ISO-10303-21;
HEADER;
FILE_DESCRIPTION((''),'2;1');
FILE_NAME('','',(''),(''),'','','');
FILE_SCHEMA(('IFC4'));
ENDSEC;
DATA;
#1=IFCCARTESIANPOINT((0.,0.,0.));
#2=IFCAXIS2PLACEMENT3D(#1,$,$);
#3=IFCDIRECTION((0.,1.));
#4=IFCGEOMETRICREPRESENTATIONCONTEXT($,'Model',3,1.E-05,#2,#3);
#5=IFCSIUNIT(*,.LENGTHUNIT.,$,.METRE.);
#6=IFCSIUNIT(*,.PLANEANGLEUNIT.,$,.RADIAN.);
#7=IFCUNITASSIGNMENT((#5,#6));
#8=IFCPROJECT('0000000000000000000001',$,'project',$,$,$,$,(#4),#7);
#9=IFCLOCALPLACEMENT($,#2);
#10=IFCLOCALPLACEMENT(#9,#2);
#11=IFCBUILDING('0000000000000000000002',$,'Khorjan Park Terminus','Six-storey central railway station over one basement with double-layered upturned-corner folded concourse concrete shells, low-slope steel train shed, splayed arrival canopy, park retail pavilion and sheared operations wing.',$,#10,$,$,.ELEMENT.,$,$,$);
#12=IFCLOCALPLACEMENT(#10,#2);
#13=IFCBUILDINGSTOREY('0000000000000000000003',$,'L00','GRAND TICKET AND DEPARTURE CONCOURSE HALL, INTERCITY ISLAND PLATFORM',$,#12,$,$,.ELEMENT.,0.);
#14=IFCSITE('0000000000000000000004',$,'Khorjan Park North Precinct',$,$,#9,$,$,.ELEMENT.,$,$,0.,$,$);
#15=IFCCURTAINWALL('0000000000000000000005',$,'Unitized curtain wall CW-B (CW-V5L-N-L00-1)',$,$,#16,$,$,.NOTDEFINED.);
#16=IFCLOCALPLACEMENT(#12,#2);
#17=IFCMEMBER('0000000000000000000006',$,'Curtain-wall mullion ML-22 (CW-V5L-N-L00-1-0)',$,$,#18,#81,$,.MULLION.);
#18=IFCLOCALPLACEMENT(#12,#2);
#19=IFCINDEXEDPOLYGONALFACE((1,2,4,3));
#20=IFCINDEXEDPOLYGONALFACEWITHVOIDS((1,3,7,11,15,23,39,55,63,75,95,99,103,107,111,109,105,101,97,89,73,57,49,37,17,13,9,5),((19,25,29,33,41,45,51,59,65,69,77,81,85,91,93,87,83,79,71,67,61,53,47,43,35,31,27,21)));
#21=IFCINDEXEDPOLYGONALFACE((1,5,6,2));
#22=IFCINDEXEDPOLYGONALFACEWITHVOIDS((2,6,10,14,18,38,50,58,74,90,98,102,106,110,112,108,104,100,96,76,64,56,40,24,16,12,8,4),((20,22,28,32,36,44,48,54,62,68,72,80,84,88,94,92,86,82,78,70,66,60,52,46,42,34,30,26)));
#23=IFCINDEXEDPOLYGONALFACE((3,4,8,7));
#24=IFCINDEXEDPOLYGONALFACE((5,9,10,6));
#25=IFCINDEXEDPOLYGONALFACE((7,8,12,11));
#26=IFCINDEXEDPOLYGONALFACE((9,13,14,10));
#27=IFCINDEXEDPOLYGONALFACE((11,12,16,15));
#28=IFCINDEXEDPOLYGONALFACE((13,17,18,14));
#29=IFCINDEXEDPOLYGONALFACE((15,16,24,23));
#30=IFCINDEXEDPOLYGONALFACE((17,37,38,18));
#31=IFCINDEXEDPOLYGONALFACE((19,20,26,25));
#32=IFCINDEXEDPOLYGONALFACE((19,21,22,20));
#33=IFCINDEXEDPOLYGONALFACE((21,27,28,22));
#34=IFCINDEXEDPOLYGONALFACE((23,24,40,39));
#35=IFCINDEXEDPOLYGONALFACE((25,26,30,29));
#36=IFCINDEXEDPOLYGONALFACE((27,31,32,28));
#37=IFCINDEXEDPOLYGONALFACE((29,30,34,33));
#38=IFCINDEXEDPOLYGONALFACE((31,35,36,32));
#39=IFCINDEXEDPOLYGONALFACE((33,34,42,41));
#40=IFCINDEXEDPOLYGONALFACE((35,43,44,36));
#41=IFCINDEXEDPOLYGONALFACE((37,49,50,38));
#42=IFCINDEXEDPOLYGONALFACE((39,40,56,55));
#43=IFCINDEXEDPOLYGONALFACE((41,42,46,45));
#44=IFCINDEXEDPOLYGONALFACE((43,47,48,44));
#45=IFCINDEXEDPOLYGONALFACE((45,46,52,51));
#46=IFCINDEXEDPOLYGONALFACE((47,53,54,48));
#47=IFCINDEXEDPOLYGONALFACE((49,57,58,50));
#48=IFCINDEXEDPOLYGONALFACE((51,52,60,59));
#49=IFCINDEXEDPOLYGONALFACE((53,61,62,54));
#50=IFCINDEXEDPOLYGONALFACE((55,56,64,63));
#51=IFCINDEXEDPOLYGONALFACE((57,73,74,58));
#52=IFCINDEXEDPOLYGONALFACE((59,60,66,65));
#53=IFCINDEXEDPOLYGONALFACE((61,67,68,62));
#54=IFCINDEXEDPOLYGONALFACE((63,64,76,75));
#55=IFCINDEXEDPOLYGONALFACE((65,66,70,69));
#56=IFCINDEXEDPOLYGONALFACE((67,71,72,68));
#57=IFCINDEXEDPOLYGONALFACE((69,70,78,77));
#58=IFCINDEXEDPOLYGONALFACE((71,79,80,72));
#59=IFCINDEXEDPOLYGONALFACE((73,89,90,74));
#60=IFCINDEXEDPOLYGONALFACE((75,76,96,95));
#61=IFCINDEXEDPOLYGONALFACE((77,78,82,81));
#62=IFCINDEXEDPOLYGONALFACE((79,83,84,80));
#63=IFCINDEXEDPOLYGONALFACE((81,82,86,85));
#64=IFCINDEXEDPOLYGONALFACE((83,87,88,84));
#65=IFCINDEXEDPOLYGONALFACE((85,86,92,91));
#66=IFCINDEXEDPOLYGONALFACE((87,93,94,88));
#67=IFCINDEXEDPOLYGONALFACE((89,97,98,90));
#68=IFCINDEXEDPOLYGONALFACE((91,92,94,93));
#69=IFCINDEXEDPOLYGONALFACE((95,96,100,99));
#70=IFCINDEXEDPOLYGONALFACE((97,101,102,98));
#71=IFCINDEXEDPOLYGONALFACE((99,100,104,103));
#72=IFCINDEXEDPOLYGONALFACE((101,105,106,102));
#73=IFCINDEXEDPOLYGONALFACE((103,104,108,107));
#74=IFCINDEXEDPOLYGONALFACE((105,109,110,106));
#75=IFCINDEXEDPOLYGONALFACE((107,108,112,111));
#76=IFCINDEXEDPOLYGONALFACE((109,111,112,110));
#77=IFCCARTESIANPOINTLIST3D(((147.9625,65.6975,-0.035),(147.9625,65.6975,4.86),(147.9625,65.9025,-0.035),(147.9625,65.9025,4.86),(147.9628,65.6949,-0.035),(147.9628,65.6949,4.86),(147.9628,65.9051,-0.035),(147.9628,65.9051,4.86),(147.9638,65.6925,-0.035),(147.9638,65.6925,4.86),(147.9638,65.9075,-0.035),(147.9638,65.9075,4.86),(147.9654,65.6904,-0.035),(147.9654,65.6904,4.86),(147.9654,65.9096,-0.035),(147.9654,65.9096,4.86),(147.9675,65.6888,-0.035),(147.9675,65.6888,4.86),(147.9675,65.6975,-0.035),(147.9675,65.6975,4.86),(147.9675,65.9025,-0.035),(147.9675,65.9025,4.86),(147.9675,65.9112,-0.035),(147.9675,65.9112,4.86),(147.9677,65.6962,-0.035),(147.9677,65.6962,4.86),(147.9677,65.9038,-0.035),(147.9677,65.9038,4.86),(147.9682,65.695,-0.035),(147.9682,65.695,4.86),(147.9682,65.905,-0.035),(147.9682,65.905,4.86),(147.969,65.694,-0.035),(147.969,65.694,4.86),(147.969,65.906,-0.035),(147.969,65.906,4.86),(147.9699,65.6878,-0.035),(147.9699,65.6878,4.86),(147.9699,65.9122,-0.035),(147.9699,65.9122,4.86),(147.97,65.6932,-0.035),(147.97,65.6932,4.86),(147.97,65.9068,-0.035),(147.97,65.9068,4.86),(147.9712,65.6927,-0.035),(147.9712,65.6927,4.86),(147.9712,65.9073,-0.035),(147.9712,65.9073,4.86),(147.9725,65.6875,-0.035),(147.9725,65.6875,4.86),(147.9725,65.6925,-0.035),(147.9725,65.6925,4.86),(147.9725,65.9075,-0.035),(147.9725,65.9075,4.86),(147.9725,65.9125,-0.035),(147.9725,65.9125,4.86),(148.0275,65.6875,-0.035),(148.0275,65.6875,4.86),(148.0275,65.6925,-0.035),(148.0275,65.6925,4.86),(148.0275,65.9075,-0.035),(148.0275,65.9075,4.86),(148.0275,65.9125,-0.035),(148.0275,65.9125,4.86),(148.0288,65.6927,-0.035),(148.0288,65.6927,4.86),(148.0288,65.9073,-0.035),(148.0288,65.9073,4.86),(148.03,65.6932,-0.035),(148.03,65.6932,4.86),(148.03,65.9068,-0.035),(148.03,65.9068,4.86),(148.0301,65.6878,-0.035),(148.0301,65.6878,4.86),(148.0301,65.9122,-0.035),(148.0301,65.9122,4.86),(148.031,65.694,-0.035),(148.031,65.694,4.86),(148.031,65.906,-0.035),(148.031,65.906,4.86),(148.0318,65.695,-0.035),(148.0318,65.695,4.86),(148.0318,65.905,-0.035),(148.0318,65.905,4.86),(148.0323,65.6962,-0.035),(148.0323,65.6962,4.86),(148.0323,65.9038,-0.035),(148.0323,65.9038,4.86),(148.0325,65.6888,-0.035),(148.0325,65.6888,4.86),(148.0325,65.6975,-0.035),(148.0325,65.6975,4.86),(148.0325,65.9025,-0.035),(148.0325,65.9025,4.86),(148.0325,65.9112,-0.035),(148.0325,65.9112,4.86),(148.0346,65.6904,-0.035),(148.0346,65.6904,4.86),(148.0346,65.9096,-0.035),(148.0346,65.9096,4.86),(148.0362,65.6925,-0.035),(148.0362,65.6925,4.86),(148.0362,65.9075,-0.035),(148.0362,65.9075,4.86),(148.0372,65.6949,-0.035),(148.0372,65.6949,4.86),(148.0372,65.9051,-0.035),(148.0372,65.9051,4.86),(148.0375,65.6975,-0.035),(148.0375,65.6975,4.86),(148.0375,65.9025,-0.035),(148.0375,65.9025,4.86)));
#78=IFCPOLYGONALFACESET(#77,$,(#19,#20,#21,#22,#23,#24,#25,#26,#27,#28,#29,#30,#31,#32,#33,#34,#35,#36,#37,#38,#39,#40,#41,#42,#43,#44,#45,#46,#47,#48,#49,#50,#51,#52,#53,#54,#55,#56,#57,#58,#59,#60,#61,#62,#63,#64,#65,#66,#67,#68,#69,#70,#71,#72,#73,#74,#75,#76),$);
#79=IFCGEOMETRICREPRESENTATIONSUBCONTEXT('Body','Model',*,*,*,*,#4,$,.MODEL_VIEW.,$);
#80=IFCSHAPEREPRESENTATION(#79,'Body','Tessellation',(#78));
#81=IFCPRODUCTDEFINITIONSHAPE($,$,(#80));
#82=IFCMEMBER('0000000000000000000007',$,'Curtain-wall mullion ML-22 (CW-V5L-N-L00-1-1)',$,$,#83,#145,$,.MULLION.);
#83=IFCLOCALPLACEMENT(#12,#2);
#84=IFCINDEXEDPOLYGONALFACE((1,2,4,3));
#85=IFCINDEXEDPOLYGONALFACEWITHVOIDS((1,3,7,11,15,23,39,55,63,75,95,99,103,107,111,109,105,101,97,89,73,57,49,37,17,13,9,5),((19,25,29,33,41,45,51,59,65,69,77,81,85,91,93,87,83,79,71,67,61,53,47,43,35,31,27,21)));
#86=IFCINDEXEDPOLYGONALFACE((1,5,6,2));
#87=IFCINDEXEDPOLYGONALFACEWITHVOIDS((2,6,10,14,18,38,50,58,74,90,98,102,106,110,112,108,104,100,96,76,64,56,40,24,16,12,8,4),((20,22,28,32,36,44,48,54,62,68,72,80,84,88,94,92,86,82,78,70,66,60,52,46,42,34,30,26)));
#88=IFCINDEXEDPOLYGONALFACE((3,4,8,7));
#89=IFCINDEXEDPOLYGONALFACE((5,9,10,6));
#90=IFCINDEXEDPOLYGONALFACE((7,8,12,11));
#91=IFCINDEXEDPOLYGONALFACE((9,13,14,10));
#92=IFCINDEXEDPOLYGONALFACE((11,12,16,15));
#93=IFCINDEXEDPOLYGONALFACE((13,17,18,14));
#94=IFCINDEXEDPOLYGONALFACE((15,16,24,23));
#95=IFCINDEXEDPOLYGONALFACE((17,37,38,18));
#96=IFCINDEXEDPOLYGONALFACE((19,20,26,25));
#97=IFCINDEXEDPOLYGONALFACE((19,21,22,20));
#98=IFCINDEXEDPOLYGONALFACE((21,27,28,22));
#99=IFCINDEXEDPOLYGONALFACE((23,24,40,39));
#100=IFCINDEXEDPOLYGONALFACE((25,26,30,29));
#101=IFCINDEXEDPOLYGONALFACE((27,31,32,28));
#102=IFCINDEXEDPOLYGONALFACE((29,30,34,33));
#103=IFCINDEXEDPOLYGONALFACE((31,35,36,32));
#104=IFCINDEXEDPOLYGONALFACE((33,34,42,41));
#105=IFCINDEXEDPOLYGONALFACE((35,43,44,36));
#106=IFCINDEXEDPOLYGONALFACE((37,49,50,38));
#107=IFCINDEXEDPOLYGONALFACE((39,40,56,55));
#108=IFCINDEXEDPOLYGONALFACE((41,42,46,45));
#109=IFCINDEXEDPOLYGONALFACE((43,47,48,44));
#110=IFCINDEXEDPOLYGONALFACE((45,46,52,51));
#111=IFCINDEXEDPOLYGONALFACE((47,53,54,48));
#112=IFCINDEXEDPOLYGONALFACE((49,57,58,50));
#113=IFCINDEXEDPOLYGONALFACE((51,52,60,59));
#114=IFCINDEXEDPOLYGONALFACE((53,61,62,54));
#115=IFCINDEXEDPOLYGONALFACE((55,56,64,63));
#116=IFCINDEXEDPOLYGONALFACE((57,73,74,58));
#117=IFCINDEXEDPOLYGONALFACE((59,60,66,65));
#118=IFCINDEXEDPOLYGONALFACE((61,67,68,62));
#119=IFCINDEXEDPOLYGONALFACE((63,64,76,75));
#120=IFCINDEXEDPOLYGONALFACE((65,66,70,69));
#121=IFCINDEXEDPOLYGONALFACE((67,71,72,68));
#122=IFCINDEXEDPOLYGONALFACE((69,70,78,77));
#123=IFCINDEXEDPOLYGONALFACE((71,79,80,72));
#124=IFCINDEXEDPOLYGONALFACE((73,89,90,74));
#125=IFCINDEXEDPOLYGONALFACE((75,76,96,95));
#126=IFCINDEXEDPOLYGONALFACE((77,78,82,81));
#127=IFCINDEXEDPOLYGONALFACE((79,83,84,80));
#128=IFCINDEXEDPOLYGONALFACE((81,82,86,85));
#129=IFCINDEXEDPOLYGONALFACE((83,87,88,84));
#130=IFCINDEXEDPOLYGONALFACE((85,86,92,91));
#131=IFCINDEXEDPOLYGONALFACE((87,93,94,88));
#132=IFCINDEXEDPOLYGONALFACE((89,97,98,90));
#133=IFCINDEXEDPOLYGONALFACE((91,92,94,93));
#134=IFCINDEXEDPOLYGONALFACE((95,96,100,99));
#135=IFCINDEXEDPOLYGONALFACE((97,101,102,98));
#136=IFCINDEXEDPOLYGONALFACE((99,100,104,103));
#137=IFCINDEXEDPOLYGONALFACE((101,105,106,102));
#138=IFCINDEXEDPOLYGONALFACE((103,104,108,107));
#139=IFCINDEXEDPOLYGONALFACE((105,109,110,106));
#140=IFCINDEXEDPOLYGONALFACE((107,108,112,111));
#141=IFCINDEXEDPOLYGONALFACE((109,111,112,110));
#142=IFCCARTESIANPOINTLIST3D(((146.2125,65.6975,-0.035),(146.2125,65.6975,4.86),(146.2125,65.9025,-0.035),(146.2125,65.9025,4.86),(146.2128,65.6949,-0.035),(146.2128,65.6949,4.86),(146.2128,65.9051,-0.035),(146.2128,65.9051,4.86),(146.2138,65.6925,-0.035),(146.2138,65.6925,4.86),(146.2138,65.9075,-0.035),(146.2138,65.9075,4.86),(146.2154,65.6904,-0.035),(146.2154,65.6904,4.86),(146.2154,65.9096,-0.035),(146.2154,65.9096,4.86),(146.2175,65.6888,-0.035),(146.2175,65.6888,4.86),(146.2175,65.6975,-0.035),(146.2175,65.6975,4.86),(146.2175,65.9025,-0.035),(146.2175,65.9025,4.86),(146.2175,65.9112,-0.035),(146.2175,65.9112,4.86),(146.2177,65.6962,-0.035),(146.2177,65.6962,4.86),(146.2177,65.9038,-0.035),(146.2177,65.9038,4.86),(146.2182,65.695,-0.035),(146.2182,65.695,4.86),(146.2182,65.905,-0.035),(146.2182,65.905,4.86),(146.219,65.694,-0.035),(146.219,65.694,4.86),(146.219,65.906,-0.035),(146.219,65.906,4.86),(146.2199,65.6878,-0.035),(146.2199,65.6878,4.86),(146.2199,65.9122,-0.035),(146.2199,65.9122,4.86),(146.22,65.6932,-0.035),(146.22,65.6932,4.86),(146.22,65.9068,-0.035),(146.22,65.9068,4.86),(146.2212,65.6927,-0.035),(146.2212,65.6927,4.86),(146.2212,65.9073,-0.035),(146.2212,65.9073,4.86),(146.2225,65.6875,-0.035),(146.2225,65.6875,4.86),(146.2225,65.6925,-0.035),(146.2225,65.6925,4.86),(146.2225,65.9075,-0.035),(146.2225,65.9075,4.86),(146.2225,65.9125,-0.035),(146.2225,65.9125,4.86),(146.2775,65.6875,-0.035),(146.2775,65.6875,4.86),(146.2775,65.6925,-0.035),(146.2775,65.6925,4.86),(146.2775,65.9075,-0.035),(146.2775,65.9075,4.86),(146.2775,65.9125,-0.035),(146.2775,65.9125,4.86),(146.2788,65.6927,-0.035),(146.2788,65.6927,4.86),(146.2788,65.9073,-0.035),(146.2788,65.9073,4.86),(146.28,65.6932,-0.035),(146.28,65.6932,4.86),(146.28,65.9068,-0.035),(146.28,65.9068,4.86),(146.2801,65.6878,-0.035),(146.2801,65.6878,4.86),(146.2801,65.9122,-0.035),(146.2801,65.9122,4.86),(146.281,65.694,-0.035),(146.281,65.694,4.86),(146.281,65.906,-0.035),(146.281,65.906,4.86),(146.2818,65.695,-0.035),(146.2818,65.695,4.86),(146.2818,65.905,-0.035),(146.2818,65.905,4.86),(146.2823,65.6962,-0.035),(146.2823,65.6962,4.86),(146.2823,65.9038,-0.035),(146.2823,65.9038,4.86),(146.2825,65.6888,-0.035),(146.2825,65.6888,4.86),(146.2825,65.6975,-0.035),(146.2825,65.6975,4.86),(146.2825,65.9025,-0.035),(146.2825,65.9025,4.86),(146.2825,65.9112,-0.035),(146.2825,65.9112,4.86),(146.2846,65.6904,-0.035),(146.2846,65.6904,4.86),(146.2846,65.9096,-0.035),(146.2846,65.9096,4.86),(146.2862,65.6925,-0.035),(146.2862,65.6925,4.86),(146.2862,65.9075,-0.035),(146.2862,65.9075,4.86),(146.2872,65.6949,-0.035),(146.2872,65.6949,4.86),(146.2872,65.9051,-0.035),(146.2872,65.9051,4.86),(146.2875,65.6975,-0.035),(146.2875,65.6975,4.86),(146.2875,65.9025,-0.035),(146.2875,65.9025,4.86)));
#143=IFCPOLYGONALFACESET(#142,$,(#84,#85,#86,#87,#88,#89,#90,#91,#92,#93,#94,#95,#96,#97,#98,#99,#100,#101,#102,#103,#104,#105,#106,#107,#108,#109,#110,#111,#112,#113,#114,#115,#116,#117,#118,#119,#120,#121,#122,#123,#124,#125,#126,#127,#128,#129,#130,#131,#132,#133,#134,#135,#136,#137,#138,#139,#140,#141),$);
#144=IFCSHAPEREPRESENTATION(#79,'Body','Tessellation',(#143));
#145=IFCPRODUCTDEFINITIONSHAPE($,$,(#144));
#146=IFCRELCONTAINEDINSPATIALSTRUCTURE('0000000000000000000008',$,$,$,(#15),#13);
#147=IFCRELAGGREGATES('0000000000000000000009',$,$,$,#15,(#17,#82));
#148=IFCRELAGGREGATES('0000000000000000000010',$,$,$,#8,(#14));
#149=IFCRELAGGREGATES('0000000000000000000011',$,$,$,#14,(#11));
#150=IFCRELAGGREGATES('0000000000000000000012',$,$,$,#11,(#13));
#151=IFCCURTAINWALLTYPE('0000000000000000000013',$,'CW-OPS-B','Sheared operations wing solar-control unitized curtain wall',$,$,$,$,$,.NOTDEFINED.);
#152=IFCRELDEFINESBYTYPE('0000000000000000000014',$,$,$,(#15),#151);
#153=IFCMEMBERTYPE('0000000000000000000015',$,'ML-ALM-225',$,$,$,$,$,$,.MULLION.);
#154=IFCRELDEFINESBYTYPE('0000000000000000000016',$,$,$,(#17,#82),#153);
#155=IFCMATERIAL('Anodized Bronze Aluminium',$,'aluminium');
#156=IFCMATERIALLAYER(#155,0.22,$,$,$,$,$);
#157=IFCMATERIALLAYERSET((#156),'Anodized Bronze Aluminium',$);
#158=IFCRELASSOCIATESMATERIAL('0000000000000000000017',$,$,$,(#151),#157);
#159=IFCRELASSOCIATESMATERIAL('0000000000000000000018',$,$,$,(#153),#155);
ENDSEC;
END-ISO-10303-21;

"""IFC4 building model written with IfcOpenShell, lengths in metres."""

from ifc_helpers import new_model, si_unit, direction, frame, origin, origin_2d, place, context, subcontext, project, spatial, hollow_rectangle, extrude, material, layer, layer_set, material_profile, profile_set, type_object, element, aggregate, save


model = new_model("IFC4")

# Units and contexts
model_context = context("Model", 3, precision=1e-05, world=origin(), true_north=direction((0.0, 1.0)))
body_context = subcontext(model_context, "Body", "Model", "MODEL_VIEW")
ifc_project = project(units=[si_unit("LENGTHUNIT", "METRE"), si_unit("PLANEANGLEUNIT", "RADIAN")], contexts=[model_context])

# Site, building, storey
site_placement = place(None, origin())
site = spatial("IfcSite", under=ifc_project, at=site_placement, Name="Khorjan Park North Precinct", CompositionType="ELEMENT", RefElevation=0.0)
building_placement = place(site_placement, origin())
building = spatial("IfcBuilding", under=site, at=building_placement, Name="Khorjan Park Terminus", Description="Six-storey central railway station over one basement with double-layered upturned-corner folded concourse concrete shells, low-slope steel train shed, splayed arrival canopy, park retail pavilion and sheared operations wing.", CompositionType="ELEMENT")
storey_placement = place(building_placement, origin())
storey = spatial("IfcBuildingStorey", under=building, at=storey_placement, Name="L00", Description="GRAND TICKET AND DEPARTURE CONCOURSE HALL, INTERCITY ISLAND PLATFORM", CompositionType="ELEMENT", Elevation=0.0)

# Curtain wall, members
ifc_material_1 = material(Name="Anodized Bronze Aluminium", Category="aluminium")
ifc_layer_1 = layer(ifc_material_1, 0.22)
ifc_layer_set_1 = layer_set([ifc_layer_1], Name="Anodized Bronze Aluminium")
curtain_wall_type = type_object("IfcCurtainWallType", Name="CW-OPS-B", Description="Sheared operations wing solar-control unitized curtain wall", PredefinedType="NOTDEFINED", material=ifc_layer_set_1)
curtain_wall_placement = place(storey_placement, origin())
curtain_wall = element("IfcCurtainWall", 1, at=curtain_wall_placement, inside=storey, type_object=curtain_wall_type, Name="Unitized curtain wall CW-B (CW-V5L-N-L00-1)", PredefinedType="NOTDEFINED")
ifc_material_profile_1 = material_profile(ifc_material_1, hollow_rectangle(XDim=0.075, YDim=0.225, WallThickness=0.005, InnerFilletRadius=0.005, OuterFilletRadius=0.01, at=origin_2d()), Name="ALM 75x225x5")
ifc_profile_set_1 = profile_set([ifc_material_profile_1], Name="Anodized Bronze Aluminium")
member_type_1 = type_object("IfcMemberType", Name="ML-ALM-225", PredefinedType="MULLION", material=ifc_profile_set_1)
member_1_placement = place(storey_placement, frame((148.0, 65.8, -0.035), z_axis=(0.0, 0.0, 1.0), x_axis=(-1.0, 0.0, 0.0)))
member_1 = element("IfcMember", 2, at=member_1_placement, type_object=member_type_1, Name="Curtain-wall mullion ML-22 (CW-V5L-N-L00-1-0)", PredefinedType="MULLION", context=body_context, shape_type="SweptSolid", body=[
    extrude(hollow_rectangle(XDim=0.075, YDim=0.225, WallThickness=0.005, InnerFilletRadius=0.005, OuterFilletRadius=0.01, at=origin_2d()), origin(), (0.0, 0.0, 1.0), 4.895),
])
member_2_placement = place(storey_placement, frame((146.25, 65.8, -0.035), z_axis=(0.0, 0.0, 1.0), x_axis=(-1.0, 0.0, 0.0)))
member_2 = element("IfcMember", 3, at=member_2_placement, type_object=member_type_1, Name="Curtain-wall mullion ML-22 (CW-V5L-N-L00-1-1)", PredefinedType="MULLION", context=body_context, shape_type="SweptSolid", body=[
    extrude(hollow_rectangle(XDim=0.075, YDim=0.225, WallThickness=0.005, InnerFilletRadius=0.005, OuterFilletRadius=0.01, at=origin_2d()), origin(), (0.0, 0.0, 1.0), 4.895),
])
aggregate(curtain_wall, [member_1, member_2])

save(model, "model.ifc")
